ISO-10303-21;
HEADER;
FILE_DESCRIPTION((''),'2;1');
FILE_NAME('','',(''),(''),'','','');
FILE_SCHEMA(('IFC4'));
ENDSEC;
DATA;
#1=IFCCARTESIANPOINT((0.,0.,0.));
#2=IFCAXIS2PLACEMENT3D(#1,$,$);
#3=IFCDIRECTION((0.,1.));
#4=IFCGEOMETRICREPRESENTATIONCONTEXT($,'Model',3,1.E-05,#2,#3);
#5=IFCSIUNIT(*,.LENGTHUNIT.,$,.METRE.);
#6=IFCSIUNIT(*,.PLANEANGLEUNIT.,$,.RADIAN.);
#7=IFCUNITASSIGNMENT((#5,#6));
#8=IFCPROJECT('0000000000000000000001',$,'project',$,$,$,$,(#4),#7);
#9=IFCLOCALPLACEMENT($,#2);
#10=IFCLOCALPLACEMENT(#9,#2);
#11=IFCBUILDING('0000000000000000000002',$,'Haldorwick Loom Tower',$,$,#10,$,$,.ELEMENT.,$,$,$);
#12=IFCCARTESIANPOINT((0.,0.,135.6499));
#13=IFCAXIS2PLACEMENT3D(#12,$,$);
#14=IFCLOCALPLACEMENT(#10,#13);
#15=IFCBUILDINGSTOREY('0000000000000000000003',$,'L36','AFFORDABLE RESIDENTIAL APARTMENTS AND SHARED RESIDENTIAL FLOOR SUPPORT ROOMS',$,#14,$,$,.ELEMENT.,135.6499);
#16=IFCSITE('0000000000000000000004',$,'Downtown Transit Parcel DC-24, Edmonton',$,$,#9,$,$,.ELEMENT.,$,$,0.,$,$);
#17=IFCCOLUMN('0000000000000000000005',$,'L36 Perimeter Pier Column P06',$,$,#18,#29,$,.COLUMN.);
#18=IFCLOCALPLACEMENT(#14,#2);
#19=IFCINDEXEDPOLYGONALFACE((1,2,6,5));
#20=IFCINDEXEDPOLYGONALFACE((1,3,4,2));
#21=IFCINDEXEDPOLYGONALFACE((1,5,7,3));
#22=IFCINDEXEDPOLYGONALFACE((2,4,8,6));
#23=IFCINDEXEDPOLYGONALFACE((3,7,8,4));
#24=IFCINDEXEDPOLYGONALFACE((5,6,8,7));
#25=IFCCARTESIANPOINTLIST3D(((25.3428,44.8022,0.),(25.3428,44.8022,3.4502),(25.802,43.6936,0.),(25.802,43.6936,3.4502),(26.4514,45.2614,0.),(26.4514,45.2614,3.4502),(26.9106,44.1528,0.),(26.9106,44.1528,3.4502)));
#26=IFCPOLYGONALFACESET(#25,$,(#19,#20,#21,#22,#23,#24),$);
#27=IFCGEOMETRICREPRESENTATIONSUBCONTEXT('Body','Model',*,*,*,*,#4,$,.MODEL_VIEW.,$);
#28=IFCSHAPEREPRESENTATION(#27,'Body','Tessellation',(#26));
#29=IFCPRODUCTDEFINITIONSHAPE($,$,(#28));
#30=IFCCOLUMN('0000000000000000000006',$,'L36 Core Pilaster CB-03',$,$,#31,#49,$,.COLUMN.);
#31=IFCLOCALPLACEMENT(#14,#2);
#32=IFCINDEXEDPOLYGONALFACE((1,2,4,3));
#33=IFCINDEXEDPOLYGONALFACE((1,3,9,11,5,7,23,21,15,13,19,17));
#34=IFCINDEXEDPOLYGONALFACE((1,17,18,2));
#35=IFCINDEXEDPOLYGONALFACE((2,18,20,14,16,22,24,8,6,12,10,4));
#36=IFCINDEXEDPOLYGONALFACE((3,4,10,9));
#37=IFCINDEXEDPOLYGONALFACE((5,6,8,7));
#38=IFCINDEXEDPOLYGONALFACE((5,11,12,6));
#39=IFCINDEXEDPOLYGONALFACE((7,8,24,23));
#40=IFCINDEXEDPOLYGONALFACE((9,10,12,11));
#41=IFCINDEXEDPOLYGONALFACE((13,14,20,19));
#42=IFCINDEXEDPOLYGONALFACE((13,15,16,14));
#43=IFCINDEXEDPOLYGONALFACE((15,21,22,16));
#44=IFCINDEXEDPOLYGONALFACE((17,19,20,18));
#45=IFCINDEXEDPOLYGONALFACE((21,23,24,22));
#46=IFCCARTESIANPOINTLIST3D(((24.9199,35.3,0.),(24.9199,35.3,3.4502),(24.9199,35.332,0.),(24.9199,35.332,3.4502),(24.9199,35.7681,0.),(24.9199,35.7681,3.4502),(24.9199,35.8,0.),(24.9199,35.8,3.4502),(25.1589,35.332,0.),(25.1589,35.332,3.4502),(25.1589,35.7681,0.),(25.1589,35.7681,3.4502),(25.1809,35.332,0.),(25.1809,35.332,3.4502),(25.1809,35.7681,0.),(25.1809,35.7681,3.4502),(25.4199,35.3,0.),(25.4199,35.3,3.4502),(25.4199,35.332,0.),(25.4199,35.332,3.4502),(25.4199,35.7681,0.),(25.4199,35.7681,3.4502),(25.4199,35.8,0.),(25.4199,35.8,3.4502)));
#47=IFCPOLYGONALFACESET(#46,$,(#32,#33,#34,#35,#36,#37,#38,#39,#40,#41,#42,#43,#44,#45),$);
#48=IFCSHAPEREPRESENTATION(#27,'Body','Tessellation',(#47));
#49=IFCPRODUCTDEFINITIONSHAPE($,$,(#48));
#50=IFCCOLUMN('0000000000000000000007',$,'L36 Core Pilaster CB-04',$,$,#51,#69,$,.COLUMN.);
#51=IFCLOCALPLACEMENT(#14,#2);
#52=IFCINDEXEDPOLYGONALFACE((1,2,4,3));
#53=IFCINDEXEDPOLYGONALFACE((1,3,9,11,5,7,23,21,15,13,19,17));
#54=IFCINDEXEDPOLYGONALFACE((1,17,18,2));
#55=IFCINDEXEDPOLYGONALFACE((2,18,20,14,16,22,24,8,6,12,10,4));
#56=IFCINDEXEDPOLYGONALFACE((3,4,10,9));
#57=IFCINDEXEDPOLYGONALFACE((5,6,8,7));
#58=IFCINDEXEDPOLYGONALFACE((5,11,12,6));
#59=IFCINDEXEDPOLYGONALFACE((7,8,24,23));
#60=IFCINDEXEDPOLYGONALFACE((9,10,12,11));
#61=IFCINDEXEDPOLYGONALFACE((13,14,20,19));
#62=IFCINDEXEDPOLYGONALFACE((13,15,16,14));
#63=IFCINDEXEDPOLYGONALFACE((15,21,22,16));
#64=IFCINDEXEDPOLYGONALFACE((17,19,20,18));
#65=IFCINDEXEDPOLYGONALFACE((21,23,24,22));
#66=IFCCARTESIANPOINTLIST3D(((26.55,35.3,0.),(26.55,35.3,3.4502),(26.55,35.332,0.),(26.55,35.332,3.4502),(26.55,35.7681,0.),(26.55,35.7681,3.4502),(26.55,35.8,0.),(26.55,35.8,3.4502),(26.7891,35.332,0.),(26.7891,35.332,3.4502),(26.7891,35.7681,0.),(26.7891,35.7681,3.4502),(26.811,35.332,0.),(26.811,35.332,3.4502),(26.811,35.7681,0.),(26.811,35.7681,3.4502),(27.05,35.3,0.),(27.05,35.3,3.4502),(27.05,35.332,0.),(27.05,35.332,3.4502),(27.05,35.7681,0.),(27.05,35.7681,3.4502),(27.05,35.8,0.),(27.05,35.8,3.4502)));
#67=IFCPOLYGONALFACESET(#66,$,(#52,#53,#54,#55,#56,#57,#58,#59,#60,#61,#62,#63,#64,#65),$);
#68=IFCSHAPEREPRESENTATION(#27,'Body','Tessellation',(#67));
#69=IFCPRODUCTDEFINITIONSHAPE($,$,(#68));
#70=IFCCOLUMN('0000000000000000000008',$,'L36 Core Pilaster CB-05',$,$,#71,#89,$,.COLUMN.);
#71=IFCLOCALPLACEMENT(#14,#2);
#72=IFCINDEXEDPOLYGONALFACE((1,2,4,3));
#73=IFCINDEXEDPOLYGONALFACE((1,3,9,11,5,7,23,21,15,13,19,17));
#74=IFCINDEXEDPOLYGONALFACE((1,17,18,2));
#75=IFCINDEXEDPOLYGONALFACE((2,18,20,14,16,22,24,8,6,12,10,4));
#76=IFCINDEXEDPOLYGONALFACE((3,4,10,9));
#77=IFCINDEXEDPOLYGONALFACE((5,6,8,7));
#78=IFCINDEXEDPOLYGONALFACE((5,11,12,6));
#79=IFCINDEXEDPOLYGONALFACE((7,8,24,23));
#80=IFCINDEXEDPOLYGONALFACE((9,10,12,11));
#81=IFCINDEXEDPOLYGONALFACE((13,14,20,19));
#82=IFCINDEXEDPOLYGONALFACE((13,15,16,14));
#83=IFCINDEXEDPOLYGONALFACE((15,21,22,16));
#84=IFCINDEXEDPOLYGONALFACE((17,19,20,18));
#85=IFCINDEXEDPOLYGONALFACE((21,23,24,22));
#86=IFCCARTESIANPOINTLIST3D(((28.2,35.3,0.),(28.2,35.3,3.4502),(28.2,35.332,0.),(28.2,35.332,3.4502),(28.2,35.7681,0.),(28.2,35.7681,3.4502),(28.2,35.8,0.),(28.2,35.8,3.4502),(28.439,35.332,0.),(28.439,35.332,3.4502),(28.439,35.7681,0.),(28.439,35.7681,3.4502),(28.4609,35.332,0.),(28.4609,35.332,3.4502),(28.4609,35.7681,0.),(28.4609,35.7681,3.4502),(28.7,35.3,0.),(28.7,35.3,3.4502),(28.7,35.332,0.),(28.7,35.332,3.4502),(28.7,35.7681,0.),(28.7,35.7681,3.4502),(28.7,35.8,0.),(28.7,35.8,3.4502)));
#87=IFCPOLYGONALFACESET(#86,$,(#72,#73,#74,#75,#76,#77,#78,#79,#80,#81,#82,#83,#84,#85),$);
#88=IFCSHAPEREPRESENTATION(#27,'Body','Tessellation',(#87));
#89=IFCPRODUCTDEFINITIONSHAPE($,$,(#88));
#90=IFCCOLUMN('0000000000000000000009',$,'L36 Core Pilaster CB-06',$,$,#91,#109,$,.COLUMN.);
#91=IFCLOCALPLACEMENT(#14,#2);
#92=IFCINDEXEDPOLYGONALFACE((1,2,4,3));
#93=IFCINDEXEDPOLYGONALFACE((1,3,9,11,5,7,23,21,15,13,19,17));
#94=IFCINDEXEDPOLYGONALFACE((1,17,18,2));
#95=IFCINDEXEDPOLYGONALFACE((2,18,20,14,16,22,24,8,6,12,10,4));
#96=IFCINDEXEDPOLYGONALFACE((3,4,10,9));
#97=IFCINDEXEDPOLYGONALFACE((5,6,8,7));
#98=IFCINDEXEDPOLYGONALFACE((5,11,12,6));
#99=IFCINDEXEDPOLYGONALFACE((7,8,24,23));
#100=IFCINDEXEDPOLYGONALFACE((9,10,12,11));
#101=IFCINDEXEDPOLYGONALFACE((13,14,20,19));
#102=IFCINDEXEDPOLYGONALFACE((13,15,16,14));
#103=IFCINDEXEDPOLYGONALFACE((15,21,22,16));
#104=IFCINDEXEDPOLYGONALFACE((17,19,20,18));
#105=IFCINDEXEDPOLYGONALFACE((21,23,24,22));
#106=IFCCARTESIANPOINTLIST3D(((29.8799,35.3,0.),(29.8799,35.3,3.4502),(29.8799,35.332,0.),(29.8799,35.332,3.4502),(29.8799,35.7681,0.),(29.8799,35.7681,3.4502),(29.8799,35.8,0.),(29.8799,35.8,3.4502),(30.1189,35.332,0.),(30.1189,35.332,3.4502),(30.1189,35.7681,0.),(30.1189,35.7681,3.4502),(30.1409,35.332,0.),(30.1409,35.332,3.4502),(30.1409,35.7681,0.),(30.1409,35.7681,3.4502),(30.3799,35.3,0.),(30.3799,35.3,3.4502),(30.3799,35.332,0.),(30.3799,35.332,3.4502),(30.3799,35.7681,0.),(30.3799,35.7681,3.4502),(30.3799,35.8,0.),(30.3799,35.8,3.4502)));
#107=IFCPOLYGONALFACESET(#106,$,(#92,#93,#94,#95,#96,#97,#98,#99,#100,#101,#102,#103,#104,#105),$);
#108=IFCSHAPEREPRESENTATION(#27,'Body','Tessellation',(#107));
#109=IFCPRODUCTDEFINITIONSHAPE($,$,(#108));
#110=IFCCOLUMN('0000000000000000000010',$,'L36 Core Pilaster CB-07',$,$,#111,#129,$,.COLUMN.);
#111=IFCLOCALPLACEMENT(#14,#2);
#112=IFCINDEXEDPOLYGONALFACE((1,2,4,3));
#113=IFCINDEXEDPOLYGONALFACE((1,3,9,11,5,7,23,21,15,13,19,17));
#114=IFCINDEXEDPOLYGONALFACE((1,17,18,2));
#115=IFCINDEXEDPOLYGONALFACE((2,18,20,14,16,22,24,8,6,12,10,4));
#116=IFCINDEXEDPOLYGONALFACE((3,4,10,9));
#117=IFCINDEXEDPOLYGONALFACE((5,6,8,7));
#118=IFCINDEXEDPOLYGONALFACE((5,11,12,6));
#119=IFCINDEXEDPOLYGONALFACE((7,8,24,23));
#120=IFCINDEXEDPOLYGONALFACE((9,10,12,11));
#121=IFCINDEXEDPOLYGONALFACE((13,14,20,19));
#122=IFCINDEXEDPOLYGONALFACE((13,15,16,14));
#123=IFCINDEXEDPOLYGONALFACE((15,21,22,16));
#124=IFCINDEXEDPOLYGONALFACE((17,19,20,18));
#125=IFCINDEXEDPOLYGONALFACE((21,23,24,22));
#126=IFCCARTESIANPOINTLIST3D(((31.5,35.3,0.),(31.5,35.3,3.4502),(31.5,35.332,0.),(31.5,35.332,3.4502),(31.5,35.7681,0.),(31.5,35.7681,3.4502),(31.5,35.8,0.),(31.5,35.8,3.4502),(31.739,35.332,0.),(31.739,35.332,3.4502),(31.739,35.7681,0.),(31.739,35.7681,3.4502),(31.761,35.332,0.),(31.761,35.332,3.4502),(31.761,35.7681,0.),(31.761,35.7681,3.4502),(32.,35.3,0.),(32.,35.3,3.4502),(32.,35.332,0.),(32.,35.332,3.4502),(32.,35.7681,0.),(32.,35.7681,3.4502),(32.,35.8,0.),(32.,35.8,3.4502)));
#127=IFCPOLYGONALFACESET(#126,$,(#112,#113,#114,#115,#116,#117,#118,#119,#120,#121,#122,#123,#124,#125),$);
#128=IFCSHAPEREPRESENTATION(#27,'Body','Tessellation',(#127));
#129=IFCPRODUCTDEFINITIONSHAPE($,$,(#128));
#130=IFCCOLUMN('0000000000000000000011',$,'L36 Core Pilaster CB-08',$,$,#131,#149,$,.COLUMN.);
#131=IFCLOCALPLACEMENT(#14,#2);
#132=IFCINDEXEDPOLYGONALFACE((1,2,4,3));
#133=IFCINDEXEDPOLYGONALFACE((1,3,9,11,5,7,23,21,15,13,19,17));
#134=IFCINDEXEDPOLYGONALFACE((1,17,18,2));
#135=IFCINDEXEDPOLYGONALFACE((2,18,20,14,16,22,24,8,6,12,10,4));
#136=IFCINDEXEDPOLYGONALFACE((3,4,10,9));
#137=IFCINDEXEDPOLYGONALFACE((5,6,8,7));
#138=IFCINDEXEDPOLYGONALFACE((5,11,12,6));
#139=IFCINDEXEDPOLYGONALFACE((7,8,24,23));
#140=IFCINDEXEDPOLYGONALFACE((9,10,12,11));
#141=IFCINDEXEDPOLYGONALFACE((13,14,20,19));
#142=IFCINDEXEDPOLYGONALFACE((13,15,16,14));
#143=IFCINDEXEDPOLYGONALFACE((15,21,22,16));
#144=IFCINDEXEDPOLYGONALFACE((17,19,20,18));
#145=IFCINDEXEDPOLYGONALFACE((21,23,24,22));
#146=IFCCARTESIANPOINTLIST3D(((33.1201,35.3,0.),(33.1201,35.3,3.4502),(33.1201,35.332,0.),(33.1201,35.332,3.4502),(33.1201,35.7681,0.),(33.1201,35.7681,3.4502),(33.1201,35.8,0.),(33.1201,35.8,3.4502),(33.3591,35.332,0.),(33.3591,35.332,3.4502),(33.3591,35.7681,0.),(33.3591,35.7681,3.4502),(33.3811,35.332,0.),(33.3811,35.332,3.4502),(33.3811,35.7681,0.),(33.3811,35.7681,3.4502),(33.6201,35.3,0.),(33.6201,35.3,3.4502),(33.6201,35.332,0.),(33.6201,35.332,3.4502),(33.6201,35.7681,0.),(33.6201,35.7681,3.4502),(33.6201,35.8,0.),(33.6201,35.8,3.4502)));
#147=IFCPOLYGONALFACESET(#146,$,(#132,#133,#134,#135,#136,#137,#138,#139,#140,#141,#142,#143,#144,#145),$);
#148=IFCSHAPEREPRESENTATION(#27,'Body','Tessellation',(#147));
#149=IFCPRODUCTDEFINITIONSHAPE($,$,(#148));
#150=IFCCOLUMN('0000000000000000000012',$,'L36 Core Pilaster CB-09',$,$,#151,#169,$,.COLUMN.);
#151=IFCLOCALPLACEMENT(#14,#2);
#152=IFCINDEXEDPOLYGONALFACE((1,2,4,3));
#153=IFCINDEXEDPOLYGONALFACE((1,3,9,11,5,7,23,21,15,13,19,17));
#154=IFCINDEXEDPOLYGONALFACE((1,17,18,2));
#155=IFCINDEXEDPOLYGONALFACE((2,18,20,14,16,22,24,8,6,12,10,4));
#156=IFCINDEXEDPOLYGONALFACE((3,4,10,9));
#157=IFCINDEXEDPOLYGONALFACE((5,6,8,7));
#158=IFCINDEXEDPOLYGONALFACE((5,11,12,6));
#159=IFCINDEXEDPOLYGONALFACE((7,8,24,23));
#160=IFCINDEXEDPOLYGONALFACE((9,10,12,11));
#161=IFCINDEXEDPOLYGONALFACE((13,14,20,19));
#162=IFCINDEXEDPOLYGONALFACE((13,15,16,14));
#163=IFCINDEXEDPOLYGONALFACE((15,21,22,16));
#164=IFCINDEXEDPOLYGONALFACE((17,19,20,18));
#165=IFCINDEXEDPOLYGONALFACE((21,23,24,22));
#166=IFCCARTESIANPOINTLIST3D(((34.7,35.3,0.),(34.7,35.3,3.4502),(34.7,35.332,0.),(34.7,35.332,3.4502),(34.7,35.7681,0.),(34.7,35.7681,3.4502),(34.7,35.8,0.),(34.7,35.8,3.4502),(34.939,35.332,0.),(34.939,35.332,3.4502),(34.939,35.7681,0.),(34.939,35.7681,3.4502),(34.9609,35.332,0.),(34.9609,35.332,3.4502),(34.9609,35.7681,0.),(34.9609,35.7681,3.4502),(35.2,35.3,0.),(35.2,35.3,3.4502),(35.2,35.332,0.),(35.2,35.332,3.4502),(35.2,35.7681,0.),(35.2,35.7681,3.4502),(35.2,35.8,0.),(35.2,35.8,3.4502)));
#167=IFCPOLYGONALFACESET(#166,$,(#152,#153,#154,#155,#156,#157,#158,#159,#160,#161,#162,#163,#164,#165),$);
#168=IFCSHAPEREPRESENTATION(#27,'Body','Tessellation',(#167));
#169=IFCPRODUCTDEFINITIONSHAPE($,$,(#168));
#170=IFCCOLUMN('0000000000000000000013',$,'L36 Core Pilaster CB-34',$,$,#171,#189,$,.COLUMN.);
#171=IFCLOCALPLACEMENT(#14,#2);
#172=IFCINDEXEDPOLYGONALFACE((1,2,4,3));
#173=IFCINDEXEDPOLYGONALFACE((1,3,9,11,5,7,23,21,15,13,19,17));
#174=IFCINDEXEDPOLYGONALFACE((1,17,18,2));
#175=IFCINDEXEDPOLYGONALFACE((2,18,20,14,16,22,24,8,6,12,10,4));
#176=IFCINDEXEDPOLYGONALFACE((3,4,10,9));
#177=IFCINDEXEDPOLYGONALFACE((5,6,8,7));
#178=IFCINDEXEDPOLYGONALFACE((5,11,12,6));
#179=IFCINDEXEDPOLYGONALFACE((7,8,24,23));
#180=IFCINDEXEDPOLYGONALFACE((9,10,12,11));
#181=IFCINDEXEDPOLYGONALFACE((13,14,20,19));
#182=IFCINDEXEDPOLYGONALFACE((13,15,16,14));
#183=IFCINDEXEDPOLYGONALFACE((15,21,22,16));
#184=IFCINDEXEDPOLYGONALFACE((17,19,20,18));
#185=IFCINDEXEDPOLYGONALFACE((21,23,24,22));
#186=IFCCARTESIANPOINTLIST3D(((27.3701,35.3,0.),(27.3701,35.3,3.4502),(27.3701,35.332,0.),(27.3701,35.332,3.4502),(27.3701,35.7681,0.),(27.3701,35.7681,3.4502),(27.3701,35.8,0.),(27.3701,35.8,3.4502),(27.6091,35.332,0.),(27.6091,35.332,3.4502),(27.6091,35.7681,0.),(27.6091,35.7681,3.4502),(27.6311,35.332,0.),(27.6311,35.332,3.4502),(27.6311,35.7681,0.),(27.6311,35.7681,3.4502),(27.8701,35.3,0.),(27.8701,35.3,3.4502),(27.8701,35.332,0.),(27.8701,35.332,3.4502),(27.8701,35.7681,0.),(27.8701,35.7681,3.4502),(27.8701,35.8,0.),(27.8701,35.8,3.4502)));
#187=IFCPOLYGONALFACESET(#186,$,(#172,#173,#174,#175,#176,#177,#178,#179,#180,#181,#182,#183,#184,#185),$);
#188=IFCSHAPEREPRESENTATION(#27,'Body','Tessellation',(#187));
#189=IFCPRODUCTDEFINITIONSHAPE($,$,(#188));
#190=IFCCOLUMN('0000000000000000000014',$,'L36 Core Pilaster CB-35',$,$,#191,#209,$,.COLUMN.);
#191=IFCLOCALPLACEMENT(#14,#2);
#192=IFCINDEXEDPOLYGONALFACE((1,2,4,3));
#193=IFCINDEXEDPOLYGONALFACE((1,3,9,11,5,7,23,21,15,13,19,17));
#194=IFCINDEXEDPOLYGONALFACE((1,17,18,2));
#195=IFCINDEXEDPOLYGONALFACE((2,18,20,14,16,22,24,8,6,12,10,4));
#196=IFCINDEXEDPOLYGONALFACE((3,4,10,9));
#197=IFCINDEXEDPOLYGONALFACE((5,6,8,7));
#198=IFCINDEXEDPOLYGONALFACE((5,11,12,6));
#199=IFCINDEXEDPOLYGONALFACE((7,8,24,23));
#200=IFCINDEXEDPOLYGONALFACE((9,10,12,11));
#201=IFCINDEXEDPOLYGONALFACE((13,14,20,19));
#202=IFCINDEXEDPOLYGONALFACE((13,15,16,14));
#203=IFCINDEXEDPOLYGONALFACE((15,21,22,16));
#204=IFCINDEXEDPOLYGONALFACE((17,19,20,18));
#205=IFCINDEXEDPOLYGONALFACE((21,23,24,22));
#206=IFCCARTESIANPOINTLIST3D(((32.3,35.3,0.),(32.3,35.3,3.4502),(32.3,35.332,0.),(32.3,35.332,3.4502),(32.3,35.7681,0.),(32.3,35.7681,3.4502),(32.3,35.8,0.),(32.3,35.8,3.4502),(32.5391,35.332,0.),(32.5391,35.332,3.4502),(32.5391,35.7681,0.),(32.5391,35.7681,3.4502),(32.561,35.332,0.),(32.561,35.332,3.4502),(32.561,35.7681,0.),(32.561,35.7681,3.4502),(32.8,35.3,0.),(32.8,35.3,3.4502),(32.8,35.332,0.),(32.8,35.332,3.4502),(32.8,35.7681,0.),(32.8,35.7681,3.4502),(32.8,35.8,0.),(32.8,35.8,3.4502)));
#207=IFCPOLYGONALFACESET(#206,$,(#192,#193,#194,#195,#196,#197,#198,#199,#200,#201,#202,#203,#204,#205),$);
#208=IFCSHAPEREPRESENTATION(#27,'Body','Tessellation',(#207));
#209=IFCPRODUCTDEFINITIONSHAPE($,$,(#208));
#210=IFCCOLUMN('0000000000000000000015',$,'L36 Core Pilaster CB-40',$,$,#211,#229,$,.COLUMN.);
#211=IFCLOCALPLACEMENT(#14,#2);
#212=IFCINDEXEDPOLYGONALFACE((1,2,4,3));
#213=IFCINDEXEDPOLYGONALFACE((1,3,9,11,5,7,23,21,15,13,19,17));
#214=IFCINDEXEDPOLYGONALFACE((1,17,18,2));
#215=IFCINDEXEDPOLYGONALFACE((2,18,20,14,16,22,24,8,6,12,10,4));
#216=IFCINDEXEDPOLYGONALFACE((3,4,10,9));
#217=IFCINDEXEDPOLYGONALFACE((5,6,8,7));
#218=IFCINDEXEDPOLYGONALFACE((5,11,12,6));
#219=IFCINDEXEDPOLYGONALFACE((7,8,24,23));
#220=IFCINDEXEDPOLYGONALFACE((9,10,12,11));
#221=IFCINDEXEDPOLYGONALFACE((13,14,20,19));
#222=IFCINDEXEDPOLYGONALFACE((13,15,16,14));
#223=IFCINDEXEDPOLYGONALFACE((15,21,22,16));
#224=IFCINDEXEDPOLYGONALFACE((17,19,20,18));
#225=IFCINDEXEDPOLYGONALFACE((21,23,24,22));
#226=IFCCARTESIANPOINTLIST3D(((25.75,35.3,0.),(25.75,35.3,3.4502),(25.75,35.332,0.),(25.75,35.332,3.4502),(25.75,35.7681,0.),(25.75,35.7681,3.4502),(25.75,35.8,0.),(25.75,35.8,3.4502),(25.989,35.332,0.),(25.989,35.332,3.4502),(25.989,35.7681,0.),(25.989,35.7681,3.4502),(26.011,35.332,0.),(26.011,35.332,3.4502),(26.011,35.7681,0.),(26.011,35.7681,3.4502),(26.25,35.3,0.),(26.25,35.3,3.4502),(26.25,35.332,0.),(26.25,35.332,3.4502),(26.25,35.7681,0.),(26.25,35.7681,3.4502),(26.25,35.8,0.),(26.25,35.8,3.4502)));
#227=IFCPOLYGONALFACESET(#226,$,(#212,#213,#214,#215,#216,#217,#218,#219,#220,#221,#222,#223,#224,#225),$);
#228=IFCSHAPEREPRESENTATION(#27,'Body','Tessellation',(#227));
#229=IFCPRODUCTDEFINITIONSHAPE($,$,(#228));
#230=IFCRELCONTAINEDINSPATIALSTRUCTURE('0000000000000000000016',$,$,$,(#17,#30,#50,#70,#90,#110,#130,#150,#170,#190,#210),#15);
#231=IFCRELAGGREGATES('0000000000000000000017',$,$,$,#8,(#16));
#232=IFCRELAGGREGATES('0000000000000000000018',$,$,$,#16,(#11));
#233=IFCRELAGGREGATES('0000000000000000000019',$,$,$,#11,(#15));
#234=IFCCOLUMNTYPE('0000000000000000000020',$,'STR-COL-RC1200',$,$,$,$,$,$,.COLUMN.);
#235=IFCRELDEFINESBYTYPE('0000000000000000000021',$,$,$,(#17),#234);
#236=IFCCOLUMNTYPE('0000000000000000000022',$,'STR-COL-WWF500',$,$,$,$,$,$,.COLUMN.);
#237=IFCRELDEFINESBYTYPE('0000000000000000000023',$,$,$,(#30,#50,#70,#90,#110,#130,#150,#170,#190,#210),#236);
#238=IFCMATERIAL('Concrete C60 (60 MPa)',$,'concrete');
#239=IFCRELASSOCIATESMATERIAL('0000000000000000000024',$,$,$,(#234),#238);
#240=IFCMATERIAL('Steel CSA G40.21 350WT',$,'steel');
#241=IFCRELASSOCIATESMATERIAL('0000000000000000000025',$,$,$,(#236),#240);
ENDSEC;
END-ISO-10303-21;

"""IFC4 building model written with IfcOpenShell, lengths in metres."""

from ifc_helpers import new_model, si_unit, direction, frame, origin, origin_2d, place, context, subcontext, project, spatial, rectangle, i_section, extrude, material, material_profile, profile_set, type_object, element, save


model = new_model("IFC4")

# Units and contexts
model_context = context("Model", 3, precision=1e-05, world=origin(), true_north=direction((0.0, 1.0)))
body_context = subcontext(model_context, "Body", "Model", "MODEL_VIEW")
ifc_project = project(units=[si_unit("LENGTHUNIT", "METRE"), si_unit("PLANEANGLEUNIT", "RADIAN")], contexts=[model_context])

# Site, building, storey
site_placement = place(None, origin())
site = spatial("IfcSite", under=ifc_project, at=site_placement, Name="Downtown Transit Parcel DC-24, Edmonton", CompositionType="ELEMENT", RefElevation=0.0)
building_placement = place(site_placement, origin())
building = spatial("IfcBuilding", under=site, at=building_placement, Name="Haldorwick Loom Tower", CompositionType="ELEMENT")
storey_placement = place(building_placement, frame((0.0, 0.0, 135.6499)))
storey = spatial("IfcBuildingStorey", under=building, at=storey_placement, Name="L36", Description="AFFORDABLE RESIDENTIAL APARTMENTS AND SHARED RESIDENTIAL FLOOR SUPPORT ROOMS", CompositionType="ELEMENT", Elevation=135.6499)

# Columns
ifc_material_1 = material(Name="Concrete C60 (60 MPa)", Category="concrete")
ifc_material_profile_1 = material_profile(ifc_material_1, rectangle(XDim=1.2, YDim=1.2, at=origin_2d()), Name="RC1200X1200", Category="concrete")
ifc_profile_set_1 = profile_set([ifc_material_profile_1], Name="Concrete C60 (60 MPa)")
column_type_1 = type_object("IfcColumnType", Name="STR-COL-RC1200", PredefinedType="COLUMN", material=ifc_profile_set_1)
column_placement = place(storey_placement, frame((26.1267, 44.4775, 0.0), z_axis=(0.0, 0.0, 1.0), x_axis=(-0.382683, 0.92388, 0.0)))
element("IfcColumn", 1, at=column_placement, inside=storey, type_object=column_type_1, Name="L36 Perimeter Pier Column P06", PredefinedType="COLUMN", context=body_context, shape_type="SweptSolid", body=[
    extrude(rectangle(XDim=1.2, YDim=1.2, at=origin_2d()), origin(), (0.0, 0.0, 1.0), 3.4502),
])
ifc_material_2 = material(Name="Steel CSA G40.21 350WT", Category="steel")
ifc_material_profile_2 = material_profile(ifc_material_2, i_section(OverallWidth=0.5, OverallDepth=0.5, WebThickness=0.022, FlangeThickness=0.032, at=origin_2d()), Name="WWF500X500", Category="steel")
ifc_profile_set_2 = profile_set([ifc_material_profile_2], Name="Steel CSA G40.21 350WT")
column_type_2 = type_object("IfcColumnType", Name="STR-COL-WWF500", PredefinedType="COLUMN", material=ifc_profile_set_2)
for number, where, z_axis, x_axis, name in (
    (2, (25.1699, 35.55, 0.0), (0.0, 0.0, 1.0), (1.0, 0.0, 0.0), "L36 Core Pilaster CB-03"),
    (3, (26.8, 35.55, 0.0), (0.0, 0.0, 1.0), (1.0, 0.0, 0.0), "L36 Core Pilaster CB-04"),
    (4, (28.45, 35.55, 0.0), (0.0, 0.0, 1.0), (1.0, 0.0, 0.0), "L36 Core Pilaster CB-05"),
    (5, (30.1299, 35.55, 0.0), (0.0, 0.0, 1.0), (1.0, 0.0, 0.0), "L36 Core Pilaster CB-06"),
    (6, (31.75, 35.55, 0.0), (0.0, 0.0, 1.0), (1.0, 0.0, 0.0), "L36 Core Pilaster CB-07"),
    (7, (33.3701, 35.55, 0.0), (0.0, 0.0, 1.0), (1.0, 0.0, 0.0), "L36 Core Pilaster CB-08"),
    (8, (34.95, 35.55, 0.0), (0.0, 0.0, 1.0), (1.0, 0.0, 0.0), "L36 Core Pilaster CB-09"),
    (9, (27.6201, 35.55, 0.0), (0.0, 0.0, 1.0), (1.0, 0.0, 0.0), "L36 Core Pilaster CB-34"),
    (10, (32.55, 35.55, 0.0), (0.0, 0.0, 1.0), (1.0, 0.0, 0.0), "L36 Core Pilaster CB-35"),
    (11, (26.0, 35.55, 0.0), (0.0, 0.0, 1.0), (1.0, 0.0, 0.0), "L36 Core Pilaster CB-40"),
):
    element("IfcColumn", number, at=place(storey_placement, frame(where, z_axis=z_axis, x_axis=x_axis)), inside=storey, type_object=column_type_2, Name=name, PredefinedType="COLUMN", context=body_context, shape_type="SweptSolid", body=[
        extrude(i_section(OverallWidth=0.5, OverallDepth=0.5, WebThickness=0.022, FlangeThickness=0.032, at=origin_2d()), origin(), (0.0, 0.0, 1.0), 3.4502),
    ])

save(model, "model.ifc")
